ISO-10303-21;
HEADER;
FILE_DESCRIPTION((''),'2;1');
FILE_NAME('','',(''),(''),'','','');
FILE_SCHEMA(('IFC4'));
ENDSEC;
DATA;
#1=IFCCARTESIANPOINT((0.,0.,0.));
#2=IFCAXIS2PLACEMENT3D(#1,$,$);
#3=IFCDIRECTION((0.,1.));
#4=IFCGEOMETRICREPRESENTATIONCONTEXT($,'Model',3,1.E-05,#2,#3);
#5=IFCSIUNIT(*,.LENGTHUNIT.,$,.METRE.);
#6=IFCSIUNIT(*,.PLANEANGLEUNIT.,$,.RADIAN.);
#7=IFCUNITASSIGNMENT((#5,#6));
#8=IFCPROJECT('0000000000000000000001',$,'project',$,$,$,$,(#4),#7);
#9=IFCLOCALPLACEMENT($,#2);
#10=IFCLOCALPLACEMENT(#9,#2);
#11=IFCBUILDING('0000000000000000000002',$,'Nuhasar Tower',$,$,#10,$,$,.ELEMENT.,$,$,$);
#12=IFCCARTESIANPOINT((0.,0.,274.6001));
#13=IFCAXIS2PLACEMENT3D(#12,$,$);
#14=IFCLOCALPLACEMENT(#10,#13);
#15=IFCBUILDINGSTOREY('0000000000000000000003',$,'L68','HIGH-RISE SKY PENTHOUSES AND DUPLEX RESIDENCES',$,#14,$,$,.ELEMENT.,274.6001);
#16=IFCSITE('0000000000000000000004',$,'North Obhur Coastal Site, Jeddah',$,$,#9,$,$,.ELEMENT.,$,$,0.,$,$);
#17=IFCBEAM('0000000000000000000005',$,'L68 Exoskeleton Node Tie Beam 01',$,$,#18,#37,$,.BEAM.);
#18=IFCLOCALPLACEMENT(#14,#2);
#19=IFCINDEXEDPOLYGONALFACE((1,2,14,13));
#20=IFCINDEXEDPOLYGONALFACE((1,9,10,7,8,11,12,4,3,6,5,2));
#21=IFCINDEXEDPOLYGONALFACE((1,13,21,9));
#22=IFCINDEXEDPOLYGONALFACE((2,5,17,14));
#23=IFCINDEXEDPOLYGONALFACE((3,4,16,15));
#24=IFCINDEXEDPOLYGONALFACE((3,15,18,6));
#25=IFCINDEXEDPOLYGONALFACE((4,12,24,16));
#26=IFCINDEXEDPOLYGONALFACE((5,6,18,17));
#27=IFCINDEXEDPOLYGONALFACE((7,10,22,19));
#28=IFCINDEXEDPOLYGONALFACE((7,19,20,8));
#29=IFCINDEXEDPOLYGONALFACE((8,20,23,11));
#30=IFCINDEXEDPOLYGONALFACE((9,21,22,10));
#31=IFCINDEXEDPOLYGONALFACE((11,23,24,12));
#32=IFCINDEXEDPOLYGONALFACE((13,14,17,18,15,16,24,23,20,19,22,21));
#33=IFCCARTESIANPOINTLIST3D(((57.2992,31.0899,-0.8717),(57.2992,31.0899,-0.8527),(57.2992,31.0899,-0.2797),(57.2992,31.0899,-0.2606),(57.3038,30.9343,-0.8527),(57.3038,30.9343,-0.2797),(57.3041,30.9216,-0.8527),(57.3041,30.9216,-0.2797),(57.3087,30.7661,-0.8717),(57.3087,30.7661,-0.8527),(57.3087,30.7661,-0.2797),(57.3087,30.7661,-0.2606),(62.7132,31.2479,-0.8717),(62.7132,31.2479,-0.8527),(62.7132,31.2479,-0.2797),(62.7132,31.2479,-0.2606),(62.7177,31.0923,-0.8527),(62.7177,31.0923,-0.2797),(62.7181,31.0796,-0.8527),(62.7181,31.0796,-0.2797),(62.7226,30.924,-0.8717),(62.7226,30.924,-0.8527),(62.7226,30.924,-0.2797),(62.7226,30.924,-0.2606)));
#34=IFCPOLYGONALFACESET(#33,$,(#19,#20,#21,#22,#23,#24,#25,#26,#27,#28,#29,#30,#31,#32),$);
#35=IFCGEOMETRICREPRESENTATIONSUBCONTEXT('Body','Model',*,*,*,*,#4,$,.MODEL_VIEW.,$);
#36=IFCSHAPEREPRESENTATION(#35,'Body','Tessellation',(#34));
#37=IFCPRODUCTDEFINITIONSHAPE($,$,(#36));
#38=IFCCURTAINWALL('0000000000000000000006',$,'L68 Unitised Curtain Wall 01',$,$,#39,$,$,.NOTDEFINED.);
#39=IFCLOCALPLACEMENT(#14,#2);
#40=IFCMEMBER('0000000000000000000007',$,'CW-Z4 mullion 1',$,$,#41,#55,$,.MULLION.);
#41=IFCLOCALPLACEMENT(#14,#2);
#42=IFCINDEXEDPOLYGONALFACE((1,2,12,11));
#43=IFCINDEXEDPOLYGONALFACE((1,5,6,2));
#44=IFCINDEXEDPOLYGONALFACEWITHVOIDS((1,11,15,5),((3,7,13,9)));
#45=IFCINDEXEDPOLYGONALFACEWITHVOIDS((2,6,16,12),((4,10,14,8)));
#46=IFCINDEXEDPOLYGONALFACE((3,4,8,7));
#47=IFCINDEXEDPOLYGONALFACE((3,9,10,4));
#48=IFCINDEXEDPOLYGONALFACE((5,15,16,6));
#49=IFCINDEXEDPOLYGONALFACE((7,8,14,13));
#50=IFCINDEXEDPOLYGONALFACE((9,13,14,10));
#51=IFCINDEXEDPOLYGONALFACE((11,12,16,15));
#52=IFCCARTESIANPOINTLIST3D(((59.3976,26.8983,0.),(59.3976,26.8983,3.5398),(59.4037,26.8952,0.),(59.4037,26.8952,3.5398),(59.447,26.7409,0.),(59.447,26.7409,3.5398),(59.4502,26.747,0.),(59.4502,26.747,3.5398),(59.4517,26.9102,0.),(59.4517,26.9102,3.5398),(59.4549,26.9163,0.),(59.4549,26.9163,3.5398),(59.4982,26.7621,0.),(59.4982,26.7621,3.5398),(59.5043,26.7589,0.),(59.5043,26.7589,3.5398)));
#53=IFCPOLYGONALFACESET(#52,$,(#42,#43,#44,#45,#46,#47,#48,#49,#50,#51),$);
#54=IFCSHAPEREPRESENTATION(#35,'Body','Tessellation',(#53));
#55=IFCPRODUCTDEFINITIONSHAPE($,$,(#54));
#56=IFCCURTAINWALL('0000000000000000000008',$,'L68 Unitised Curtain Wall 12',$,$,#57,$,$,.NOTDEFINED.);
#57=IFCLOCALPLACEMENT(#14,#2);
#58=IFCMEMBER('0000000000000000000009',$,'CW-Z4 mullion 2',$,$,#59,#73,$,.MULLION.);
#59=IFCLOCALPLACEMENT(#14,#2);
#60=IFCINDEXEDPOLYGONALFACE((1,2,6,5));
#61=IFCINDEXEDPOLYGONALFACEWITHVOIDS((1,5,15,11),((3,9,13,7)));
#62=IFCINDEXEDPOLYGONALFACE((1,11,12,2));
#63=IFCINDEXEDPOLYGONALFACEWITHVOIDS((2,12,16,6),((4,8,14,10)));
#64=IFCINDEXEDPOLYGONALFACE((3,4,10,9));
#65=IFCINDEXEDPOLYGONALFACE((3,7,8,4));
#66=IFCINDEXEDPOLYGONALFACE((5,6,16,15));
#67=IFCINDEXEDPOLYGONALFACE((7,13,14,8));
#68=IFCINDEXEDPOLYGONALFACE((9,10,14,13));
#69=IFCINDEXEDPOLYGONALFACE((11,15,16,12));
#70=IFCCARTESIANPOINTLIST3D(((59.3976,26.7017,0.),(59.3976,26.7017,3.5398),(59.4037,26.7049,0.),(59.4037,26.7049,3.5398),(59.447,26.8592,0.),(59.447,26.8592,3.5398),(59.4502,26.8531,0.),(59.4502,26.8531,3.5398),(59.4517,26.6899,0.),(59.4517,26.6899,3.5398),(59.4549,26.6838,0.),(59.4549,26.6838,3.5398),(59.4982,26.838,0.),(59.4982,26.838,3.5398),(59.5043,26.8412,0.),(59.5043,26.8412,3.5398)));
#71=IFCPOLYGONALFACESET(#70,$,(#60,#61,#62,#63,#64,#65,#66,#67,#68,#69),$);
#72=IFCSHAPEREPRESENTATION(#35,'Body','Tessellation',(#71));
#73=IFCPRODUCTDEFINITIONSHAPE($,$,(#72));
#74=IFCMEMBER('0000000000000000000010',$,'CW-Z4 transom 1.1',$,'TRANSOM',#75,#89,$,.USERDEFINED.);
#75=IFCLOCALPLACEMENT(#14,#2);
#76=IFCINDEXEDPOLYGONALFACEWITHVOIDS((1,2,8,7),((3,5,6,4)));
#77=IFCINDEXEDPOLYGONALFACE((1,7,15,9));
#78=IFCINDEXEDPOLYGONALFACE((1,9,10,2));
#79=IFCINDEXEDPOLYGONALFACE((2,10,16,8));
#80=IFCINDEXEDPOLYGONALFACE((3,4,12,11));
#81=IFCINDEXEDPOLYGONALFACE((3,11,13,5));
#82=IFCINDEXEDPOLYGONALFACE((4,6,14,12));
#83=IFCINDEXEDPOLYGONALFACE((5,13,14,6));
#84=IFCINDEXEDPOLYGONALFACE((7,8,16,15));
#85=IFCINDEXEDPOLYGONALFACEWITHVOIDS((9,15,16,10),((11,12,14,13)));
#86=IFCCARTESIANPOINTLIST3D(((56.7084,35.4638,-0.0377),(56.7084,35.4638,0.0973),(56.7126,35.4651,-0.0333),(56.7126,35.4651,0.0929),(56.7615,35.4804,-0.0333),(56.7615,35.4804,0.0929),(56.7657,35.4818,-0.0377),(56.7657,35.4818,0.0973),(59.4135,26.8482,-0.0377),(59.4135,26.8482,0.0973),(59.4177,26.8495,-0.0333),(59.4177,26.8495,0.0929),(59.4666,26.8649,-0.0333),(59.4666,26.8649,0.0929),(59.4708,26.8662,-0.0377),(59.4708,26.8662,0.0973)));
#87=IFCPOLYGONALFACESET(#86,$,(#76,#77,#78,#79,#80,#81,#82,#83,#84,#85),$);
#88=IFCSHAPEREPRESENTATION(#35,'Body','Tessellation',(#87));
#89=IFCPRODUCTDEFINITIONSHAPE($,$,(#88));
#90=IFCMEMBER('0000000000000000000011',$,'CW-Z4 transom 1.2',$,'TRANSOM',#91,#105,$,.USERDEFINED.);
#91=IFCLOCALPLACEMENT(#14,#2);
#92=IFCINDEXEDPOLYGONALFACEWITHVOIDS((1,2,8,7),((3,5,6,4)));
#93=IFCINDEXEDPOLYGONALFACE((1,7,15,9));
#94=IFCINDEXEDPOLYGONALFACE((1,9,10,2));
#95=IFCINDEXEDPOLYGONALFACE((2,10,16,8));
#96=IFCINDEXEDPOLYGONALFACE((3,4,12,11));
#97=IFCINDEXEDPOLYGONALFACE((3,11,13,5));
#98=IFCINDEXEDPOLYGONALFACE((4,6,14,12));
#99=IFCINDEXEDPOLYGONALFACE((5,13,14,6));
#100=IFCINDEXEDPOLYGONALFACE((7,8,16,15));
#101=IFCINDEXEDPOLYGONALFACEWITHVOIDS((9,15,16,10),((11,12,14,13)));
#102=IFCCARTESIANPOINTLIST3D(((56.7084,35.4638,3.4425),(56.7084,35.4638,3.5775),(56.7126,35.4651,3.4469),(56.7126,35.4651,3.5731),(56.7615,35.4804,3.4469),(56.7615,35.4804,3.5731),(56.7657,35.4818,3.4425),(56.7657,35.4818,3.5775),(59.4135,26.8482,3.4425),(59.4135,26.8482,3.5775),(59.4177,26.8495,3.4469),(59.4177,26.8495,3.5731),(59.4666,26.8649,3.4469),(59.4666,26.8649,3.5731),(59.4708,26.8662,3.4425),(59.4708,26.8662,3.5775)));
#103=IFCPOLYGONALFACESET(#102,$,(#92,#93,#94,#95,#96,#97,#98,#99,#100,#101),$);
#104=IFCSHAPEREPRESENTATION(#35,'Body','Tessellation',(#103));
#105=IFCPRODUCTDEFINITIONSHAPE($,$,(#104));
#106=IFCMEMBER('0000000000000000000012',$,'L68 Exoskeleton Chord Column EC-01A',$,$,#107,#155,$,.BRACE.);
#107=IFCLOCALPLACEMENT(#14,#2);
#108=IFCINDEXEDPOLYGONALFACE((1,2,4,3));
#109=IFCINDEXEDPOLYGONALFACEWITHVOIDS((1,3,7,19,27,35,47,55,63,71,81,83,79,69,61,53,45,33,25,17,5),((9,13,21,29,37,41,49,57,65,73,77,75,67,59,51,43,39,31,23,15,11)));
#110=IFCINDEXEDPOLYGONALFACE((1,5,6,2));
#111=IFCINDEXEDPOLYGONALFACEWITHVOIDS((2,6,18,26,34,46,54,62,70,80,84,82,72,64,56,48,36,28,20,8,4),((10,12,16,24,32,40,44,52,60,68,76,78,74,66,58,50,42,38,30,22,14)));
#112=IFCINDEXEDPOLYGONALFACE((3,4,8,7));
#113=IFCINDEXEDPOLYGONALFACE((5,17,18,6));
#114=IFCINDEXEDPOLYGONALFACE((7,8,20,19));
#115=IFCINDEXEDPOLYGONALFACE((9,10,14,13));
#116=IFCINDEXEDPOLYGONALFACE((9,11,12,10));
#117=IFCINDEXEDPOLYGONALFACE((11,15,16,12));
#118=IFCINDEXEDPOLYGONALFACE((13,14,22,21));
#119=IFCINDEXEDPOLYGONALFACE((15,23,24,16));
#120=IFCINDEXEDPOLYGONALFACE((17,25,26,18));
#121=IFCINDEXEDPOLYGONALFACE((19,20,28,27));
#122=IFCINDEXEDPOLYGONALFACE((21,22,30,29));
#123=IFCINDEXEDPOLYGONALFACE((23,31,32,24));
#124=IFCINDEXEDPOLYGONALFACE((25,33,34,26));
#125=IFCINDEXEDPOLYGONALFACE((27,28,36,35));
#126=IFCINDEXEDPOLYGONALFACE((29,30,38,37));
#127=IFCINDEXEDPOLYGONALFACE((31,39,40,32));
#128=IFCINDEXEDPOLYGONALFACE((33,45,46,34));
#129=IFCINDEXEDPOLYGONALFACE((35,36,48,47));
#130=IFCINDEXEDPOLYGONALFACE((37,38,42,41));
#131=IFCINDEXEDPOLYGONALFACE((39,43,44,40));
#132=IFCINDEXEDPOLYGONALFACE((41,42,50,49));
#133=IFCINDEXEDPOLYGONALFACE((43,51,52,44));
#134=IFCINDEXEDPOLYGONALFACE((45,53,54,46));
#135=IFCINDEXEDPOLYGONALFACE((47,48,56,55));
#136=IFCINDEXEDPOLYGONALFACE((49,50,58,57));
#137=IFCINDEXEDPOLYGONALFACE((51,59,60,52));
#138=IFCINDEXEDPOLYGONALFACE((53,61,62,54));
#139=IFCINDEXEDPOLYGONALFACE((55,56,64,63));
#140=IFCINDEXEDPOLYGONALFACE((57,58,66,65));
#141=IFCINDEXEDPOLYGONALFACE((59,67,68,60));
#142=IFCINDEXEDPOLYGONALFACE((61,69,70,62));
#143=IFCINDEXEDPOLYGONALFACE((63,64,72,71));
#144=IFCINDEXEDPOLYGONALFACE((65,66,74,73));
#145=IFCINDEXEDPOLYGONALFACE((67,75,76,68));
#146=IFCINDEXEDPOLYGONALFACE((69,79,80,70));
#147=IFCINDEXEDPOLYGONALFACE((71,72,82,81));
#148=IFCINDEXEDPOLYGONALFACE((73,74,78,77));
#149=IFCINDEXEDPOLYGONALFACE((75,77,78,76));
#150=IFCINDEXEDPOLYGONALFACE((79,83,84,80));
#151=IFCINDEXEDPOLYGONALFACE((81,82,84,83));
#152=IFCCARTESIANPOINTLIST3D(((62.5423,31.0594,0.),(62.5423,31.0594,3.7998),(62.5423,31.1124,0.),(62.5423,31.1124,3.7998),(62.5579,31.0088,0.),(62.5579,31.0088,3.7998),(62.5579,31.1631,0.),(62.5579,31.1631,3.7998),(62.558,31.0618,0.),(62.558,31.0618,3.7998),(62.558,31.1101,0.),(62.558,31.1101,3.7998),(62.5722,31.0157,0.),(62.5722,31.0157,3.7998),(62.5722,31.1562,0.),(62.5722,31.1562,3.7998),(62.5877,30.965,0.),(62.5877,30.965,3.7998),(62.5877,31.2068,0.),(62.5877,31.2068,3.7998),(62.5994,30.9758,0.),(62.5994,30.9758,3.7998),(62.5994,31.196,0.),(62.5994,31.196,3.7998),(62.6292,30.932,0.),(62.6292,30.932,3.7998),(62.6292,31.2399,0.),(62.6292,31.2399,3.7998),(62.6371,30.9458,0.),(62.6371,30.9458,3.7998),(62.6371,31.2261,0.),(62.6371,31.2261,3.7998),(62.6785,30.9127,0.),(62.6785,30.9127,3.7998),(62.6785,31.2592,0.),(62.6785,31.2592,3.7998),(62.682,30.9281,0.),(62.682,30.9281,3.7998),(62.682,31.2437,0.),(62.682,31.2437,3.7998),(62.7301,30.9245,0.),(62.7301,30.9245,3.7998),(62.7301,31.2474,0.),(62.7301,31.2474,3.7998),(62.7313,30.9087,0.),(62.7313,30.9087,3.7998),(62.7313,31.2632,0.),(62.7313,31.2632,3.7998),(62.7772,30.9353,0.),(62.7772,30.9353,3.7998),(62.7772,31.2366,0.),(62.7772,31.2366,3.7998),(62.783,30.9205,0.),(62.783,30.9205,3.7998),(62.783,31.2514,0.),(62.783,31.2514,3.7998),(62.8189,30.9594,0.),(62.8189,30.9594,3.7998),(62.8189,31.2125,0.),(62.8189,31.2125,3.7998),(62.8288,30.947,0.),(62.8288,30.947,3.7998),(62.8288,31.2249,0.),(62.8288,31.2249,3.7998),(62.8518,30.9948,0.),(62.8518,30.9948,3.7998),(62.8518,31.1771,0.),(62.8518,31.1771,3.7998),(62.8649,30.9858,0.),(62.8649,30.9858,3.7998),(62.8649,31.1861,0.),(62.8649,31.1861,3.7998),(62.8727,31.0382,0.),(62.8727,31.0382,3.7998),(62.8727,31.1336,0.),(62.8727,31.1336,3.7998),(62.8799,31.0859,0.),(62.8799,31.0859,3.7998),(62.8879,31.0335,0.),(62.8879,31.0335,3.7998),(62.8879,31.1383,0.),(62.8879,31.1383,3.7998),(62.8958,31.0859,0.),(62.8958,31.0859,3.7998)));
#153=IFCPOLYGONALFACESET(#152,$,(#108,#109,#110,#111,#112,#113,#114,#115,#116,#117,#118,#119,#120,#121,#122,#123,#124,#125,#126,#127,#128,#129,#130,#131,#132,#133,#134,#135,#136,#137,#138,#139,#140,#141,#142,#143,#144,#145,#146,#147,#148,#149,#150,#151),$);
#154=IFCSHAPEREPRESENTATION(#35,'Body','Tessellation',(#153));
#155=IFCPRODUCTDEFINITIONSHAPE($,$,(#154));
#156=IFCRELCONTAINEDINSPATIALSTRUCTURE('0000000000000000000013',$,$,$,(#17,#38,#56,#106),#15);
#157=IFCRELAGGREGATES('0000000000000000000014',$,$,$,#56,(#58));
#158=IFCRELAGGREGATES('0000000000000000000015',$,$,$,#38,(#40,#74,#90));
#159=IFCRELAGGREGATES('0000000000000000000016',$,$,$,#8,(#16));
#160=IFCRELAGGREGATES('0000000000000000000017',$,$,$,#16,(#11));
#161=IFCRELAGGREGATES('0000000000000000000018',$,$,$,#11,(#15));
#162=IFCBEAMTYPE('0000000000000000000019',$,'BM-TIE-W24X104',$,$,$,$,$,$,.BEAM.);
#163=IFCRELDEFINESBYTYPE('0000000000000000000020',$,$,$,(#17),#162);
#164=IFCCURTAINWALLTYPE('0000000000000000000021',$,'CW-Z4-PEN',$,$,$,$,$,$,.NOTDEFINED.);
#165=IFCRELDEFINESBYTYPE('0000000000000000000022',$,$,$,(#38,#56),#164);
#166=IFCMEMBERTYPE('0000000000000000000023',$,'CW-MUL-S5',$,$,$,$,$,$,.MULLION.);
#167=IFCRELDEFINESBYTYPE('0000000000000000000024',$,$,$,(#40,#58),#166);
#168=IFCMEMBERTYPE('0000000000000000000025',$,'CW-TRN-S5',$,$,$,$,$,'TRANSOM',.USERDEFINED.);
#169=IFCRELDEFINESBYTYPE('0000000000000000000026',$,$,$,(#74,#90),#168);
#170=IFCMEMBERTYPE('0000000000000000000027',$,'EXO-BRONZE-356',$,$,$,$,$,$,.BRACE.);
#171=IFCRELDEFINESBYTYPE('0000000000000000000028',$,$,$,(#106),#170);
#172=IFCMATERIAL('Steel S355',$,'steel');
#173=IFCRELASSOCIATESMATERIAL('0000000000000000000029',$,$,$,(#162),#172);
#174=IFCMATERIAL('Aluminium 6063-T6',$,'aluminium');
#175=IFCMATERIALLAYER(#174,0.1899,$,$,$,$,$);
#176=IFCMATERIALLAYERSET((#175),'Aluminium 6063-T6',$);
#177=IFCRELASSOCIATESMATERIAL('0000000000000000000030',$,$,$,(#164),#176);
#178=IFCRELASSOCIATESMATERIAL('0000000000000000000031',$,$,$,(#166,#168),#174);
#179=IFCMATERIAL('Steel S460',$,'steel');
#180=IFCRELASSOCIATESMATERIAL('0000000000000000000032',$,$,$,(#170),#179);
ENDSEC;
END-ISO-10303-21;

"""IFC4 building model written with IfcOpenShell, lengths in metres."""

from ifc_helpers import new_model, si_unit, direction, frame, origin, origin_2d, place, context, subcontext, project, spatial, hollow_rectangle, hollow_circle, i_section, extrude, material, layer, layer_set, material_profile, profile_set, type_object, element, aggregate, save


model = new_model("IFC4")

# Units and contexts
model_context = context("Model", 3, precision=1e-05, world=origin(), true_north=direction((0.0, 1.0)))
body_context = subcontext(model_context, "Body", "Model", "MODEL_VIEW")
ifc_project = project(units=[si_unit("LENGTHUNIT", "METRE"), si_unit("PLANEANGLEUNIT", "RADIAN")], contexts=[model_context])

# Site, building, storey
site_placement = place(None, origin())
site = spatial("IfcSite", under=ifc_project, at=site_placement, Name="North Obhur Coastal Site, Jeddah", CompositionType="ELEMENT", RefElevation=0.0)
building_placement = place(site_placement, origin())
building = spatial("IfcBuilding", under=site, at=building_placement, Name="Nuhasar Tower", CompositionType="ELEMENT")
storey_placement = place(building_placement, frame((0.0, 0.0, 274.6001)))
storey = spatial("IfcBuildingStorey", under=building, at=storey_placement, Name="L68", Description="HIGH-RISE SKY PENTHOUSES AND DUPLEX RESIDENCES", CompositionType="ELEMENT", Elevation=274.6001)

# Beam
ifc_material_1 = material(Name="Steel S355", Category="steel")
ifc_material_profile_1 = material_profile(ifc_material_1, i_section(OverallWidth=0.324, OverallDepth=0.6111, WebThickness=0.0127, FlangeThickness=0.019, at=origin_2d()), Name="W24X104")
ifc_profile_set_1 = profile_set([ifc_material_profile_1], Name="Steel S355")
beam_type_1 = type_object("IfcBeamType", Name="BM-TIE-W24X104", PredefinedType="BEAM", material=ifc_profile_set_1)
beam_1_placement = place(storey_placement, frame((57.304, 30.928, -0.5662), z_axis=(0.999575, 0.029163, 0.0), x_axis=(-0.029163, 0.999575, 0.0)))
element("IfcBeam", 1, at=beam_1_placement, inside=storey, type_object=beam_type_1, Name="L68 Exoskeleton Node Tie Beam 01", PredefinedType="BEAM", context=body_context, shape_type="SweptSolid", body=[
    extrude(i_section(OverallWidth=0.324, OverallDepth=0.6111, WebThickness=0.0127, FlangeThickness=0.019, at=origin_2d()), origin(), (0.0, 0.0, 1.0), 5.4163),
])

# Curtain walls, members
ifc_material_2 = material(Name="Aluminium 6063-T6", Category="aluminium")
ifc_layer_1 = layer(ifc_material_2, 0.1899)
ifc_layer_set_1 = layer_set([ifc_layer_1], Name="Aluminium 6063-T6")
curtain_wall_type = type_object("IfcCurtainWallType", Name="CW-Z4-PEN", PredefinedType="NOTDEFINED", material=ifc_layer_set_1)
curtain_wall_1_placement = place(storey_placement, origin())
curtain_wall_1 = element("IfcCurtainWall", 2, at=curtain_wall_1_placement, inside=storey, type_object=curtain_wall_type, Name="L68 Unitised Curtain Wall 01", PredefinedType="NOTDEFINED")
ifc_material_profile_2 = material_profile(ifc_material_2, hollow_rectangle(XDim=0.0601, YDim=0.165, WallThickness=0.0049, at=origin_2d()), Name="CWM-5")
ifc_profile_set_2 = profile_set([ifc_material_profile_2], Name="Aluminium 6063-T6")
member_type_1 = type_object("IfcMemberType", Name="CW-MUL-S5", PredefinedType="MULLION", material=ifc_profile_set_2)
member_1_placement = place(storey_placement, frame((59.4509, 26.8286, 0.0), z_axis=(0.0, 0.0, 1.0), x_axis=(-0.954079, -0.299557, 0.0)))
member_1 = element("IfcMember", 3, at=member_1_placement, type_object=member_type_1, Name="CW-Z4 mullion 1", PredefinedType="MULLION", context=body_context, shape_type="SweptSolid", body=[
    extrude(hollow_rectangle(XDim=0.0601, YDim=0.165, WallThickness=0.0049, at=origin_2d()), origin(), (0.0, 0.0, 1.0), 3.5398),
])
curtain_wall_2_placement = place(storey_placement, origin())
curtain_wall_2 = element("IfcCurtainWall", 4, at=curtain_wall_2_placement, inside=storey, type_object=curtain_wall_type, Name="L68 Unitised Curtain Wall 12", PredefinedType="NOTDEFINED")
member_2_placement = place(storey_placement, frame((59.4509, 26.7715, 0.0), z_axis=(0.0, 0.0, 1.0), x_axis=(-0.954079, 0.299557, 0.0)))
member_2 = element("IfcMember", 5, at=member_2_placement, type_object=member_type_1, Name="CW-Z4 mullion 2", PredefinedType="MULLION", context=body_context, shape_type="SweptSolid", body=[
    extrude(hollow_rectangle(XDim=0.0601, YDim=0.165, WallThickness=0.0049, at=origin_2d()), origin(), (0.0, 0.0, 1.0), 3.5398),
])
aggregate(curtain_wall_2, [member_2])

# Members
ifc_material_profile_3 = material_profile(ifc_material_2, hollow_rectangle(XDim=0.0601, YDim=0.135, WallThickness=0.0044, at=origin_2d()), Name="CWT-5")
ifc_profile_set_3 = profile_set([ifc_material_profile_3], Name="Aluminium 6063-T6")
member_type_2 = type_object("IfcMemberType", Name="CW-TRN-S5", ElementType="TRANSOM", PredefinedType="USERDEFINED", material=ifc_profile_set_3)
member_3_placement = place(storey_placement, frame((59.4421, 26.8572, 0.0298), z_axis=(-0.29956, 0.954077, 0.0), x_axis=(-0.954077, -0.29956, 0.0)))
member_3 = element("IfcMember", 6, at=member_3_placement, type_object=member_type_2, Name="CW-Z4 transom 1.1", ObjectType="TRANSOM", PredefinedType="USERDEFINED", context=body_context, shape_type="SweptSolid", body=[
    extrude(hollow_rectangle(XDim=0.0601, YDim=0.135, WallThickness=0.0044, at=origin_2d()), origin(), (0.0, 0.0, 1.0), 9.0303),
])
member_4_placement = place(storey_placement, frame((59.4421, 26.8572, 3.51), z_axis=(-0.29956, 0.954077, 0.0), x_axis=(-0.954077, -0.29956, 0.0)))
member_4 = element("IfcMember", 7, at=member_4_placement, type_object=member_type_2, Name="CW-Z4 transom 1.2", ObjectType="TRANSOM", PredefinedType="USERDEFINED", context=body_context, shape_type="SweptSolid", body=[
    extrude(hollow_rectangle(XDim=0.0601, YDim=0.135, WallThickness=0.0044, at=origin_2d()), origin(), (0.0, 0.0, 1.0), 9.0303),
])

# Member
ifc_material_3 = material(Name="Steel S460", Category="steel")
ifc_material_profile_4 = material_profile(ifc_material_3, hollow_circle(Radius=0.1777, WallThickness=0.0159, at=origin_2d()), Name="HSS355.6X15.9")
ifc_profile_set_4 = profile_set([ifc_material_profile_4], Name="Steel S460")
member_type_3 = type_object("IfcMemberType", Name="EXO-BRONZE-356", PredefinedType="BRACE", material=ifc_profile_set_4)
member_5_placement = place(storey_placement, frame((62.718, 31.0859, 0.0), z_axis=(0.0, 0.0, 1.0), x_axis=(1.0, 0.0, 0.0)))
element("IfcMember", 8, at=member_5_placement, inside=storey, type_object=member_type_3, Name="L68 Exoskeleton Chord Column EC-01A", PredefinedType="BRACE", context=body_context, shape_type="SweptSolid", body=[
    extrude(hollow_circle(Radius=0.1777, WallThickness=0.0159, at=origin_2d()), origin(), (0.0, 0.0, 1.0), 3.7998),
])

aggregate(curtain_wall_1, [member_1, member_3, member_4])

save(model, "model.ifc")
